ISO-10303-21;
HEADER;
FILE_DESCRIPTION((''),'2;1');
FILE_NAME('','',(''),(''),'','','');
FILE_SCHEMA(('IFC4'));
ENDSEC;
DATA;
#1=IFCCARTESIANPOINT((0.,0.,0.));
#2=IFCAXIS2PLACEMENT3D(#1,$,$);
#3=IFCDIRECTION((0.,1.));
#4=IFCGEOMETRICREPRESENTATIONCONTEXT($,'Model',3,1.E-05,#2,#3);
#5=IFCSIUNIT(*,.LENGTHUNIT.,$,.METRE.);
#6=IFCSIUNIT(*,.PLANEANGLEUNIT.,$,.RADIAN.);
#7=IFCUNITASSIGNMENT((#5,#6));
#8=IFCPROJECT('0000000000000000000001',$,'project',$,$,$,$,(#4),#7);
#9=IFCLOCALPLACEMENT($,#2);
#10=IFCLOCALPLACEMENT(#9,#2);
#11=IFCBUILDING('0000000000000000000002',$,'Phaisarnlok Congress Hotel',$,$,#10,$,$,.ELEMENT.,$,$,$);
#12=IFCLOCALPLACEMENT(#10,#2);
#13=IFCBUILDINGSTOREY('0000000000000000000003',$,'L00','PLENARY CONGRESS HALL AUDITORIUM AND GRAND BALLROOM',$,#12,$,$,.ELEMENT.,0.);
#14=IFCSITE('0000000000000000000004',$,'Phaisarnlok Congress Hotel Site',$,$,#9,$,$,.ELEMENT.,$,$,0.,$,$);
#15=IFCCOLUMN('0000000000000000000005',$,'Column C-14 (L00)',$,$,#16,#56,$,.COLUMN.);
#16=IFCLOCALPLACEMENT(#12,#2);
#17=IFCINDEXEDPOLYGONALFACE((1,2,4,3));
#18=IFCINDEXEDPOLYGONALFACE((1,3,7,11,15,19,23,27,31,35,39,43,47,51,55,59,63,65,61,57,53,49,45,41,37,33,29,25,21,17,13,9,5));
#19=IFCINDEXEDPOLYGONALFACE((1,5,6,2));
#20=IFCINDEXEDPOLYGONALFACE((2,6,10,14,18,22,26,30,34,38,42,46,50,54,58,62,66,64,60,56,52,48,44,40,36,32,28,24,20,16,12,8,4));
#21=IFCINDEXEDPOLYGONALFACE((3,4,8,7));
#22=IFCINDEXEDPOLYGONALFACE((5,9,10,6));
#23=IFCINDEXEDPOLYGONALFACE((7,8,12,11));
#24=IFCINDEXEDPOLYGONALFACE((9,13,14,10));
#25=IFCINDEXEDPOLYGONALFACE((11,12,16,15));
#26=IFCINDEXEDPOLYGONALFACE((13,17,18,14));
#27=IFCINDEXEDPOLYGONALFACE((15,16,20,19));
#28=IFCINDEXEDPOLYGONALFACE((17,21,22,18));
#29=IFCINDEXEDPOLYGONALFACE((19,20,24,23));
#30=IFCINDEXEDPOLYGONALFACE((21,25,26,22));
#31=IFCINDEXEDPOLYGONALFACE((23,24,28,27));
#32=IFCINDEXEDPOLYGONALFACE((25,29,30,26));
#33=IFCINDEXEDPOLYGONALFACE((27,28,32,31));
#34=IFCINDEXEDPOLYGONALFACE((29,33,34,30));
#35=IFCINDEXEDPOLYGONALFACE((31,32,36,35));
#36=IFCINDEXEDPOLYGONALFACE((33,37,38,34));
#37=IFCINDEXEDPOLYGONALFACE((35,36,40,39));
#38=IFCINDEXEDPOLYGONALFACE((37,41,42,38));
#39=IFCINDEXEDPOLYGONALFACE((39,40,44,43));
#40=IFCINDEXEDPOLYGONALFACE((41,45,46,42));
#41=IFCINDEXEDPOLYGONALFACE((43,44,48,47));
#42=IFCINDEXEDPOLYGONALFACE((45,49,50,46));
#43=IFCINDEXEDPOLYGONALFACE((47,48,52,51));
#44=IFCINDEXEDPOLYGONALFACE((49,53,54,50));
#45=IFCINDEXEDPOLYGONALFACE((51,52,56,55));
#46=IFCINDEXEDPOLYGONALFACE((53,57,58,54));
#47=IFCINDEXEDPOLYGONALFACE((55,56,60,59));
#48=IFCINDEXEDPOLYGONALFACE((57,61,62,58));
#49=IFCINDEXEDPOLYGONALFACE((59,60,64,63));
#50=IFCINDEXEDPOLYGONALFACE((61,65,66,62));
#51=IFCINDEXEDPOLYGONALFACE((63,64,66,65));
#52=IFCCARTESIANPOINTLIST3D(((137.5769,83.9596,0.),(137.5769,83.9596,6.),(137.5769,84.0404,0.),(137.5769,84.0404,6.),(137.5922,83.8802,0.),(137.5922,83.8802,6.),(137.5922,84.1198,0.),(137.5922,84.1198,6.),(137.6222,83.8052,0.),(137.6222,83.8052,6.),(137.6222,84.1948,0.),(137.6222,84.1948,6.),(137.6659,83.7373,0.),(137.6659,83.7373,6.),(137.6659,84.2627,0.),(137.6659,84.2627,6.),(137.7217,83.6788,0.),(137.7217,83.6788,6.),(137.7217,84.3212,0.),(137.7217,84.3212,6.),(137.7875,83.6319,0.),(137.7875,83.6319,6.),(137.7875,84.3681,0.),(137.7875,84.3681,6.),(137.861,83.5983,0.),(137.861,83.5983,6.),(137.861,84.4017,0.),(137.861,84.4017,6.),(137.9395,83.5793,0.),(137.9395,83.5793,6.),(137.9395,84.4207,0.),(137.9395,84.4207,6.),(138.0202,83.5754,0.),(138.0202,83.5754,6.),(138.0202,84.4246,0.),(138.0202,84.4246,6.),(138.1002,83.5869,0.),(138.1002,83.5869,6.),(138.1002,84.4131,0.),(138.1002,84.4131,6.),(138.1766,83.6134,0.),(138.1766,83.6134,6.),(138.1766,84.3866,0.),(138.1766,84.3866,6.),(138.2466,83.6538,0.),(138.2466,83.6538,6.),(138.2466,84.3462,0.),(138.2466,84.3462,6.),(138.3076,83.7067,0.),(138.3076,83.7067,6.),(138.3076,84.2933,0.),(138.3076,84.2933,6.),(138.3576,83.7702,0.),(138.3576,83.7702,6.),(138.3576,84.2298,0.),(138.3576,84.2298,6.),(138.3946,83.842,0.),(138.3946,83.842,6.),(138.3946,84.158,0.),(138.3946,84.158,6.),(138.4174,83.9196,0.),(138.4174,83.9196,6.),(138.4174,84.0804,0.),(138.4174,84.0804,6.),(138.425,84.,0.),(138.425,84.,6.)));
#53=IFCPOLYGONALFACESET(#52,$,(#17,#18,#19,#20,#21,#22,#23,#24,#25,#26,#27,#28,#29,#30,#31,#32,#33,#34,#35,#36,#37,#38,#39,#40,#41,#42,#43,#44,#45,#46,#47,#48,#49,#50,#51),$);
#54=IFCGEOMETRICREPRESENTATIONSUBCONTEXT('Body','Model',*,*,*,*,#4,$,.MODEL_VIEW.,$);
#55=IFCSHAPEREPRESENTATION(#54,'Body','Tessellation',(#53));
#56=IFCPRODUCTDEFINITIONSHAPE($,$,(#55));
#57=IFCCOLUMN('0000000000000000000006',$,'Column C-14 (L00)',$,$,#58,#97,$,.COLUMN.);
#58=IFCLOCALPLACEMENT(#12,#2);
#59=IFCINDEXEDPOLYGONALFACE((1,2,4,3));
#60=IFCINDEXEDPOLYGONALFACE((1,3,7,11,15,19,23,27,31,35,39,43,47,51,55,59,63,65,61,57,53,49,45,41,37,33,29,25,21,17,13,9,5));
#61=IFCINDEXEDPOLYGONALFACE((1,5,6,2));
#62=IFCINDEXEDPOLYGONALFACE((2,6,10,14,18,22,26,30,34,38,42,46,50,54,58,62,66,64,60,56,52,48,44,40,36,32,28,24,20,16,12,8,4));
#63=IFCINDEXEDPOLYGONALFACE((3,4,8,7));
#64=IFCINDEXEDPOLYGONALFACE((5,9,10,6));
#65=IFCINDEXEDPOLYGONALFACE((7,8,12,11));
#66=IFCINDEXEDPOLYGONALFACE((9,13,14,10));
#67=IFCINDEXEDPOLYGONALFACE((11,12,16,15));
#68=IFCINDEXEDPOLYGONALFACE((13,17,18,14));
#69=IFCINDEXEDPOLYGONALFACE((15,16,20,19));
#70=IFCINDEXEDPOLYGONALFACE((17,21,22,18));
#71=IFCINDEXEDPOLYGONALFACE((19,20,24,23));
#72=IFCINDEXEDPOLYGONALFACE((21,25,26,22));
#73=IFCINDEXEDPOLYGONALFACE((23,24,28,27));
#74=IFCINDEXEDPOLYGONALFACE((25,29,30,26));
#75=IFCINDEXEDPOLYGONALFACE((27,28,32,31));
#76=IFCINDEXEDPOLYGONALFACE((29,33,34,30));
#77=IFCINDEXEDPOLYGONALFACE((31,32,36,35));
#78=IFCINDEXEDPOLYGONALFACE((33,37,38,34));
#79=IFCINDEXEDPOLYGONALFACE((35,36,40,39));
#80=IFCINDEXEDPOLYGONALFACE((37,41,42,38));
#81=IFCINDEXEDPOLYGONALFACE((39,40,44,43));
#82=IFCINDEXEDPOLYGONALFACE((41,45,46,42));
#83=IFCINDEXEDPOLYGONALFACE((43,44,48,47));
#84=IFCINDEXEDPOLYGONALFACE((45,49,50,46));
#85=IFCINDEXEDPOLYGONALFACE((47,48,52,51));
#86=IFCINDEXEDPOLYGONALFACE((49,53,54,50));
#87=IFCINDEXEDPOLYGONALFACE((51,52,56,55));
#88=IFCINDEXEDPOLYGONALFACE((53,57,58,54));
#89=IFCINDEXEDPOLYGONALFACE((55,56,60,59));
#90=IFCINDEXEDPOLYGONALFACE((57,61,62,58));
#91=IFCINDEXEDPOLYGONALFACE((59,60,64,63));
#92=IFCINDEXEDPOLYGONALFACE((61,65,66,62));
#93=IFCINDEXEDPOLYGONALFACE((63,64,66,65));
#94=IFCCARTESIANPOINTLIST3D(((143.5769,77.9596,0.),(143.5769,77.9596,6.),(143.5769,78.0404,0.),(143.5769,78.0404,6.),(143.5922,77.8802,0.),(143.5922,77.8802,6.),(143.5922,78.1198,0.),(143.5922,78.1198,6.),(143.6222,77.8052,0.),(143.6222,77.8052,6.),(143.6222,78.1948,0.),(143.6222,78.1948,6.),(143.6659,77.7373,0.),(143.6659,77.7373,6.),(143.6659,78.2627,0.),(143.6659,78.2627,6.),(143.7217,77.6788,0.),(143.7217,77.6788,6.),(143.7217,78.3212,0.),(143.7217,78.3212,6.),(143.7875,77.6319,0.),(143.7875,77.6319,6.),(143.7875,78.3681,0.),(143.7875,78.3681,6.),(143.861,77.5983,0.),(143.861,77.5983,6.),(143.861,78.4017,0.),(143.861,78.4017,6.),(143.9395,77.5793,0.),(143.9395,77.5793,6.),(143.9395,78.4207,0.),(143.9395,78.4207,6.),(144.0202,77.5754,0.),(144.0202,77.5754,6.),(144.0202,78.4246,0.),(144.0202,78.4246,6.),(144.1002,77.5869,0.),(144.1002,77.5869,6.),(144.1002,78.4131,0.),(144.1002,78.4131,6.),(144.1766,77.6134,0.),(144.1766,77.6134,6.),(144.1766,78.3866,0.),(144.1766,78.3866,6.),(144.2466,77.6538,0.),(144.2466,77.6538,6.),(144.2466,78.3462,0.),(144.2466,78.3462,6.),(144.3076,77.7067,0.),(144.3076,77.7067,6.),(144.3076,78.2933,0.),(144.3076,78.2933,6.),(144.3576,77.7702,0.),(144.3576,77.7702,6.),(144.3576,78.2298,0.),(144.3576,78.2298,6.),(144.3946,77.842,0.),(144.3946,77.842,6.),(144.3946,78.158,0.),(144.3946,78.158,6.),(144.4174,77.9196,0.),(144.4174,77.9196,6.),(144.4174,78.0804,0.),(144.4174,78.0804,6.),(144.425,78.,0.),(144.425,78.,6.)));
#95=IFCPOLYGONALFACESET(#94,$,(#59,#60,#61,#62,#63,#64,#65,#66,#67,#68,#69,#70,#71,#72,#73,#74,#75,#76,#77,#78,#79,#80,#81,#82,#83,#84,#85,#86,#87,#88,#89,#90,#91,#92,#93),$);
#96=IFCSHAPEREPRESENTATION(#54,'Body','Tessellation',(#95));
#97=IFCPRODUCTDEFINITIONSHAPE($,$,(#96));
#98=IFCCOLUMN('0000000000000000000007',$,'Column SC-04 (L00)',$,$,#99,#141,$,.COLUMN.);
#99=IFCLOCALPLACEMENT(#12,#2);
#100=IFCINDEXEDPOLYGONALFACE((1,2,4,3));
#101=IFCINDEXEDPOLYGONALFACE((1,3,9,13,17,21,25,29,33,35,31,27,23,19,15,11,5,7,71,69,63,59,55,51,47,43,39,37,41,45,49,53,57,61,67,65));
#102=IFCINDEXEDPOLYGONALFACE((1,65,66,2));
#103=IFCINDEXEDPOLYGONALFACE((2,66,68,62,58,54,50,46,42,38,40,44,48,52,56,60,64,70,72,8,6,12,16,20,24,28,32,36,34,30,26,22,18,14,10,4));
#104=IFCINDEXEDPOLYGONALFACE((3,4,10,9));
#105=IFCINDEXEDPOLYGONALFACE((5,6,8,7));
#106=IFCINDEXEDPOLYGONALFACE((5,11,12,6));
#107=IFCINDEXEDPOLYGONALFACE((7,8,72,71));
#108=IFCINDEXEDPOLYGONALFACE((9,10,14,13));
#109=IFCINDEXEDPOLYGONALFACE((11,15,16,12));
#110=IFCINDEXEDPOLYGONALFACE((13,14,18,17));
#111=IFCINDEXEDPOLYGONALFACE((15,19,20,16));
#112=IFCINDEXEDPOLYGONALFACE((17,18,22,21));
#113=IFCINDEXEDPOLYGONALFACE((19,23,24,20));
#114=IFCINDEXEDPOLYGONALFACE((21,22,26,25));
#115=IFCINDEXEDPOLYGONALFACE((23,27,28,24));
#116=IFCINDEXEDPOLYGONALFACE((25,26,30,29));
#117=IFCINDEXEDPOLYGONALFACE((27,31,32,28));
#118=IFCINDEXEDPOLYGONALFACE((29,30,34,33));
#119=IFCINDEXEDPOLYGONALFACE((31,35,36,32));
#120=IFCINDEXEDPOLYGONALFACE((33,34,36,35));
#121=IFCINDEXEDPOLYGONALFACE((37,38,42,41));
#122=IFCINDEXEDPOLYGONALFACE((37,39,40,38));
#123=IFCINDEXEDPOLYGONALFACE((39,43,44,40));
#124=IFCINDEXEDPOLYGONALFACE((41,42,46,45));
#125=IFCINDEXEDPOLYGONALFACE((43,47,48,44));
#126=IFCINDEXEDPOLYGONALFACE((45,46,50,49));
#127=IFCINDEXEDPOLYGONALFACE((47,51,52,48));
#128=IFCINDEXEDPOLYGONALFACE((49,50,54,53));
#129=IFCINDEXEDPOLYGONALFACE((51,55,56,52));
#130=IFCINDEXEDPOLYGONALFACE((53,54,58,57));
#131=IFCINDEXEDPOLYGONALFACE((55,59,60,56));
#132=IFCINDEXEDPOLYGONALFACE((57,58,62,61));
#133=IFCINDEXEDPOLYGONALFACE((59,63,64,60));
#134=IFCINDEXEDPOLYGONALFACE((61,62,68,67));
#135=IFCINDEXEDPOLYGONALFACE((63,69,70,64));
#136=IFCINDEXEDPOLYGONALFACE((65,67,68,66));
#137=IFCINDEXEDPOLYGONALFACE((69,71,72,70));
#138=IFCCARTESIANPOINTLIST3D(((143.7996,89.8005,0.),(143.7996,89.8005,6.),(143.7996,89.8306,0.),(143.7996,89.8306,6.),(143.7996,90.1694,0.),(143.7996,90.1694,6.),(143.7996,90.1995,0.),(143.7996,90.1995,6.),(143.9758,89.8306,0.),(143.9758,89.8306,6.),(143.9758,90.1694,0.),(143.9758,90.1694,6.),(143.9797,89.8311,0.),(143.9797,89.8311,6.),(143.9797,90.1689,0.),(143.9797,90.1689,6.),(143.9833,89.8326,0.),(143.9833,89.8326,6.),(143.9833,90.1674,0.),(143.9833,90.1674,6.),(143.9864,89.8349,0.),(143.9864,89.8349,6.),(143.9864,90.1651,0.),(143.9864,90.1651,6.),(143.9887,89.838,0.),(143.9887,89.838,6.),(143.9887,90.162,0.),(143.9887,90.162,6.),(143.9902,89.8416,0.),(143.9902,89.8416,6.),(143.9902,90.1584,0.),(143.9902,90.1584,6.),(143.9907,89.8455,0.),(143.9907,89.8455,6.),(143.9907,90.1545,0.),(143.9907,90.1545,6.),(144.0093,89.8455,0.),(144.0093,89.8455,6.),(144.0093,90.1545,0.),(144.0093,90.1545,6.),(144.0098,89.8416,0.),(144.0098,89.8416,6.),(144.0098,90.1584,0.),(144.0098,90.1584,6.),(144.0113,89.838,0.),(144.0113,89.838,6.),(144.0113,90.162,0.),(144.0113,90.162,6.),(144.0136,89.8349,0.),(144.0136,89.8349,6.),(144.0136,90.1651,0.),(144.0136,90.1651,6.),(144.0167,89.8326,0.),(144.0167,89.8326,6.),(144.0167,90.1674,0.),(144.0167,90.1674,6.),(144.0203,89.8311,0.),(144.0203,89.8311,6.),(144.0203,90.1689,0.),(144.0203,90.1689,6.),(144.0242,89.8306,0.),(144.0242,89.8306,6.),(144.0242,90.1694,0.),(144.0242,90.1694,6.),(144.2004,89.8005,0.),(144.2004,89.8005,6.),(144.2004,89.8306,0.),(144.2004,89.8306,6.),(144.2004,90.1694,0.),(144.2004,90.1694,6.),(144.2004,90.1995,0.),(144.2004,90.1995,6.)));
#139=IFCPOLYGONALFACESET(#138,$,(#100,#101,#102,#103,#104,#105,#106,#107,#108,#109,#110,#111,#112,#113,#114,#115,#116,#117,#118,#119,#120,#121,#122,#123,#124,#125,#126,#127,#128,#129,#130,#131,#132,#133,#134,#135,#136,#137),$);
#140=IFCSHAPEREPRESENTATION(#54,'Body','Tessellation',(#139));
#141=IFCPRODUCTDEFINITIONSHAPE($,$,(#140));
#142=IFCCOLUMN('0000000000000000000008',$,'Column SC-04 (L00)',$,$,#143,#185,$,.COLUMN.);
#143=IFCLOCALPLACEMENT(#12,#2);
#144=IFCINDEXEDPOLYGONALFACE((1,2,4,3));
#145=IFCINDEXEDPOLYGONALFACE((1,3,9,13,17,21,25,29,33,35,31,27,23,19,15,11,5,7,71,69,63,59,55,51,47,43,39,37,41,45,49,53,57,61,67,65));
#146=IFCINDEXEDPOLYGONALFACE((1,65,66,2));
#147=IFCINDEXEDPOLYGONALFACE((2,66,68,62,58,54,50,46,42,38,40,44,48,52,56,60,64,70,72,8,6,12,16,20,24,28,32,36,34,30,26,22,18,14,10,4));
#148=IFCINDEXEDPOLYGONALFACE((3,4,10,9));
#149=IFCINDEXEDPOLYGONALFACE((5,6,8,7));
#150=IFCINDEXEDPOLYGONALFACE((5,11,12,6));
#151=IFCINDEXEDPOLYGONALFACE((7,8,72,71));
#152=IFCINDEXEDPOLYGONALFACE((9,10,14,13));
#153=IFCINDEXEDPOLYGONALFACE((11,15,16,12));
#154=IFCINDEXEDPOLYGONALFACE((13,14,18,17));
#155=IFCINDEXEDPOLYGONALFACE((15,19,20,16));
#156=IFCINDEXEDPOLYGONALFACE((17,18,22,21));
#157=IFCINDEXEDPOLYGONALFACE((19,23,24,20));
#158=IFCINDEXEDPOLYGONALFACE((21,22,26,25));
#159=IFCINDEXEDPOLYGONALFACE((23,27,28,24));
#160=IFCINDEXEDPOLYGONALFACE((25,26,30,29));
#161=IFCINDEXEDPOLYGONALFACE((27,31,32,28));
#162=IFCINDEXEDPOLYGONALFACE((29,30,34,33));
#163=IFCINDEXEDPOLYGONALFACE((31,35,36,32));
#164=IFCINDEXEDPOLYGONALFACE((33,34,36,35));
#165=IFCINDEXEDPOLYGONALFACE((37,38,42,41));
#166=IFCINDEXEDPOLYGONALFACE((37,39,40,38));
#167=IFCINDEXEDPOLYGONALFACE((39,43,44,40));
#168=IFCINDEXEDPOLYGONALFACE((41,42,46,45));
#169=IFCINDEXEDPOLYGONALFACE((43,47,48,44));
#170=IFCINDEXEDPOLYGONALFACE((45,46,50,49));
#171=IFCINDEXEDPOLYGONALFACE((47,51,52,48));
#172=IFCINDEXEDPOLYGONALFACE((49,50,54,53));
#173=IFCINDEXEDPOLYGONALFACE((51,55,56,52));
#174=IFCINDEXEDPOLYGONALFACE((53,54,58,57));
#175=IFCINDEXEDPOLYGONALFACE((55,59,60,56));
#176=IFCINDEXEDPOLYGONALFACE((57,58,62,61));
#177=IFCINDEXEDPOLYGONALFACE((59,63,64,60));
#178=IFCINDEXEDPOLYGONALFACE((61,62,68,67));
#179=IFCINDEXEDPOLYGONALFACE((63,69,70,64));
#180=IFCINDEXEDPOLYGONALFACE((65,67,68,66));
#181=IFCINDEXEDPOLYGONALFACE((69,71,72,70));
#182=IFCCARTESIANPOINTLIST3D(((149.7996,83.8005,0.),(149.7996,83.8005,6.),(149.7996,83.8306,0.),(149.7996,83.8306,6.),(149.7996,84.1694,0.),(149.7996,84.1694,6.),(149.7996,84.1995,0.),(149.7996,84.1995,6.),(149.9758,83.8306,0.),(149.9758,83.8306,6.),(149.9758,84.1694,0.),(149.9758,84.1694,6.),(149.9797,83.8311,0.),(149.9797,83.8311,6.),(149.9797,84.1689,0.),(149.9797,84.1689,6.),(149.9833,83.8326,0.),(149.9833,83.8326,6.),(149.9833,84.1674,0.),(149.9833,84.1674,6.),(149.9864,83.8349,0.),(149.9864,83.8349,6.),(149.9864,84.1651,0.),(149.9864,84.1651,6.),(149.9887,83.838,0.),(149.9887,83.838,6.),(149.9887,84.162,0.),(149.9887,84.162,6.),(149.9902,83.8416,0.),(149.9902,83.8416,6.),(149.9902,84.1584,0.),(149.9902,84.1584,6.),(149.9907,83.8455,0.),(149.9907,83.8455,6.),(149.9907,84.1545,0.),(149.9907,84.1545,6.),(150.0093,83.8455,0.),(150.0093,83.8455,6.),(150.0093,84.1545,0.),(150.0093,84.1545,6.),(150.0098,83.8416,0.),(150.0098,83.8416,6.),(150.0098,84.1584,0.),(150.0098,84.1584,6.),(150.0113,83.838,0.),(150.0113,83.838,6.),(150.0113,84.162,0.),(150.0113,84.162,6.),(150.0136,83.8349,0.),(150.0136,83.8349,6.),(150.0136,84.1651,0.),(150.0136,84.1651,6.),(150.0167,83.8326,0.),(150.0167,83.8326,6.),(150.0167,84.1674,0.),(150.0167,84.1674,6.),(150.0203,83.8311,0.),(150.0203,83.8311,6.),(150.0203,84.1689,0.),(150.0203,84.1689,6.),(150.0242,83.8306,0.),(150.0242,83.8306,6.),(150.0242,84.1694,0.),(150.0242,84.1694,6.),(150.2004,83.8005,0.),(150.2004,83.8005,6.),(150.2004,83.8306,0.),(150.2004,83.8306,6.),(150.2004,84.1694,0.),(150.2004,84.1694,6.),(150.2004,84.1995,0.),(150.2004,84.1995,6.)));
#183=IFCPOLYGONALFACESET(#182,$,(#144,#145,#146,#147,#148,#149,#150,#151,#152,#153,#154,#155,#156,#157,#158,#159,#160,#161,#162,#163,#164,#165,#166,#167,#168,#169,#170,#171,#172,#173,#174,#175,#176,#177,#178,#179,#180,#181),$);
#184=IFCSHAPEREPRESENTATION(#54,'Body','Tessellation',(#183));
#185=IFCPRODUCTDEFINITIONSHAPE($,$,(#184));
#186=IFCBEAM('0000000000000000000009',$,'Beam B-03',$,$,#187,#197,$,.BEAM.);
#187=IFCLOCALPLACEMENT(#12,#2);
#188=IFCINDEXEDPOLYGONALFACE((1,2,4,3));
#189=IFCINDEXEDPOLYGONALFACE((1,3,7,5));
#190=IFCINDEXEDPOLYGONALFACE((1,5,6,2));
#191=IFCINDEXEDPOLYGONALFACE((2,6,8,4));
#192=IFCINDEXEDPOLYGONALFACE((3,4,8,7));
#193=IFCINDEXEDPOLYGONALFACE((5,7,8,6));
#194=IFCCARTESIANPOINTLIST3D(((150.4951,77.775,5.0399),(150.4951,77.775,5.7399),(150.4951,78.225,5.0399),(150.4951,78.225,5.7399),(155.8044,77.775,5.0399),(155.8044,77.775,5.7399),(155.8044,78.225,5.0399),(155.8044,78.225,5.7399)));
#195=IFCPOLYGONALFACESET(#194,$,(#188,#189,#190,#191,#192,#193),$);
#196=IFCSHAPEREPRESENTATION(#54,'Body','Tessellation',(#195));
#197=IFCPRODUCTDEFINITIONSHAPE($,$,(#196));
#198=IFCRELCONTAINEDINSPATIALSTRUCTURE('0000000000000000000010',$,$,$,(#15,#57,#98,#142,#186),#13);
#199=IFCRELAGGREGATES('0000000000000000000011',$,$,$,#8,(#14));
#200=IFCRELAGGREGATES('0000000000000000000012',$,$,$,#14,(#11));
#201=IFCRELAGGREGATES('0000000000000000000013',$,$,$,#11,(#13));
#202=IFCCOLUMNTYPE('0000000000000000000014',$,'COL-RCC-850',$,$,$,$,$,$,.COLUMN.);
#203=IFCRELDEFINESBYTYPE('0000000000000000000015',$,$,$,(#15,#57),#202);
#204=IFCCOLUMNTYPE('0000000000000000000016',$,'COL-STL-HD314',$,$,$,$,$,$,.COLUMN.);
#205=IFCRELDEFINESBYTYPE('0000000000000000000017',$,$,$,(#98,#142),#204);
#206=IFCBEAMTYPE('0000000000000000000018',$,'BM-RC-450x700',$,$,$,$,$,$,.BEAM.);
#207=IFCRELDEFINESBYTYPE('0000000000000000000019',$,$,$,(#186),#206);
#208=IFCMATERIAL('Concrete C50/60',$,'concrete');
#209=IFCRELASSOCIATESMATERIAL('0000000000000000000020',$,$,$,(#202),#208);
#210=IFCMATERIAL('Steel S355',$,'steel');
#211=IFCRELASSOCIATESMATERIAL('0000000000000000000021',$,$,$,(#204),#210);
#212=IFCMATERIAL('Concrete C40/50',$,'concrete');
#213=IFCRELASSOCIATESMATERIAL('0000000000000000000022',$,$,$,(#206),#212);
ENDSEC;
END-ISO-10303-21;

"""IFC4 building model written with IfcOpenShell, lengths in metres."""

from ifc_helpers import new_model, si_unit, direction, frame, origin, origin_2d, place, context, subcontext, project, spatial, rectangle, circle, i_section, extrude, material, material_profile, profile_set, type_object, element, save


model = new_model("IFC4")

# Units and contexts
model_context = context("Model", 3, precision=1e-05, world=origin(), true_north=direction((0.0, 1.0)))
body_context = subcontext(model_context, "Body", "Model", "MODEL_VIEW")
ifc_project = project(units=[si_unit("LENGTHUNIT", "METRE"), si_unit("PLANEANGLEUNIT", "RADIAN")], contexts=[model_context])

# Site, building, storey
site_placement = place(None, origin())
site = spatial("IfcSite", under=ifc_project, at=site_placement, Name="Phaisarnlok Congress Hotel Site", CompositionType="ELEMENT", RefElevation=0.0)
building_placement = place(site_placement, origin())
building = spatial("IfcBuilding", under=site, at=building_placement, Name="Phaisarnlok Congress Hotel", CompositionType="ELEMENT")
storey_placement = place(building_placement, origin())
storey = spatial("IfcBuildingStorey", under=building, at=storey_placement, Name="L00", Description="PLENARY CONGRESS HALL AUDITORIUM AND GRAND BALLROOM", CompositionType="ELEMENT", Elevation=0.0)

# Columns
ifc_material_1 = material(Name="Concrete C50/60", Category="concrete")
ifc_material_profile_1 = material_profile(ifc_material_1, circle(Radius=0.425, at=origin_2d()), Name="RCC D850")
ifc_profile_set_1 = profile_set([ifc_material_profile_1], Name="Concrete C50/60")
column_type_1 = type_object("IfcColumnType", Name="COL-RCC-850", PredefinedType="COLUMN", material=ifc_profile_set_1)
for number, where, z_axis, x_axis, name in (
    (1, (138.0, 84.0, 0.0), (0.0, 0.0, 1.0), (1.0, 0.0, 0.0), "Column C-14 (L00)"),
    (2, (144.0, 78.0, 0.0), (0.0, 0.0, 1.0), (1.0, 0.0, 0.0), "Column C-14 (L00)"),
):
    element("IfcColumn", number, at=place(storey_placement, frame(where, z_axis=z_axis, x_axis=x_axis)), inside=storey, type_object=column_type_1, Name=name, PredefinedType="COLUMN", context=body_context, shape_type="SweptSolid", body=[
        extrude(circle(Radius=0.425, at=origin_2d()), origin(), (0.0, 0.0, 1.0), 6.0),
    ])
ifc_material_2 = material(Name="Steel S355", Category="steel")
ifc_material_profile_2 = material_profile(ifc_material_2, i_section(OverallWidth=0.4009, OverallDepth=0.3989, WebThickness=0.0186, FlangeThickness=0.03, FilletRadius=0.0149, at=origin_2d()), Name="HD 400x314")
ifc_profile_set_2 = profile_set([ifc_material_profile_2], Name="Steel S355")
column_type_2 = type_object("IfcColumnType", Name="COL-STL-HD314", PredefinedType="COLUMN", material=ifc_profile_set_2)
for number, where, z_axis, x_axis, name in (
    (3, (144.0, 90.0, 0.0), (0.0, 0.0, 1.0), (1.0, 0.0, 0.0), "Column SC-04 (L00)"),
    (4, (150.0, 84.0, 0.0), (0.0, 0.0, 1.0), (1.0, 0.0, 0.0), "Column SC-04 (L00)"),
):
    element("IfcColumn", number, at=place(storey_placement, frame(where, z_axis=z_axis, x_axis=x_axis)), inside=storey, type_object=column_type_2, Name=name, PredefinedType="COLUMN", context=body_context, shape_type="SweptSolid", body=[
        extrude(i_section(OverallWidth=0.4009, OverallDepth=0.3989, WebThickness=0.0186, FlangeThickness=0.03, FilletRadius=0.0149, at=origin_2d()), origin(), (0.0, 0.0, 1.0), 6.0),
    ])

# Beam
ifc_material_3 = material(Name="Concrete C40/50", Category="concrete")
ifc_material_profile_3 = material_profile(ifc_material_3, rectangle(XDim=0.45, YDim=0.7, at=origin_2d()), Name="RC 450x700")
ifc_profile_set_3 = profile_set([ifc_material_profile_3], Name="Concrete C40/50")
beam_type_1 = type_object("IfcBeamType", Name="BM-RC-450x700", PredefinedType="BEAM", material=ifc_profile_set_3)
beam_1_placement = place(storey_placement, frame((150.4951, 78.0, 5.3899), z_axis=(1.0, 0.0, 0.0), x_axis=(0.0, 1.0, 0.0)))
element("IfcBeam", 5, at=beam_1_placement, inside=storey, type_object=beam_type_1, Name="Beam B-03", PredefinedType="BEAM", context=body_context, shape_type="SweptSolid", body=[
    extrude(rectangle(XDim=0.45, YDim=0.7, at=origin_2d()), origin(), (0.0, 0.0, 1.0), 5.3093),
])

save(model, "model.ifc")
